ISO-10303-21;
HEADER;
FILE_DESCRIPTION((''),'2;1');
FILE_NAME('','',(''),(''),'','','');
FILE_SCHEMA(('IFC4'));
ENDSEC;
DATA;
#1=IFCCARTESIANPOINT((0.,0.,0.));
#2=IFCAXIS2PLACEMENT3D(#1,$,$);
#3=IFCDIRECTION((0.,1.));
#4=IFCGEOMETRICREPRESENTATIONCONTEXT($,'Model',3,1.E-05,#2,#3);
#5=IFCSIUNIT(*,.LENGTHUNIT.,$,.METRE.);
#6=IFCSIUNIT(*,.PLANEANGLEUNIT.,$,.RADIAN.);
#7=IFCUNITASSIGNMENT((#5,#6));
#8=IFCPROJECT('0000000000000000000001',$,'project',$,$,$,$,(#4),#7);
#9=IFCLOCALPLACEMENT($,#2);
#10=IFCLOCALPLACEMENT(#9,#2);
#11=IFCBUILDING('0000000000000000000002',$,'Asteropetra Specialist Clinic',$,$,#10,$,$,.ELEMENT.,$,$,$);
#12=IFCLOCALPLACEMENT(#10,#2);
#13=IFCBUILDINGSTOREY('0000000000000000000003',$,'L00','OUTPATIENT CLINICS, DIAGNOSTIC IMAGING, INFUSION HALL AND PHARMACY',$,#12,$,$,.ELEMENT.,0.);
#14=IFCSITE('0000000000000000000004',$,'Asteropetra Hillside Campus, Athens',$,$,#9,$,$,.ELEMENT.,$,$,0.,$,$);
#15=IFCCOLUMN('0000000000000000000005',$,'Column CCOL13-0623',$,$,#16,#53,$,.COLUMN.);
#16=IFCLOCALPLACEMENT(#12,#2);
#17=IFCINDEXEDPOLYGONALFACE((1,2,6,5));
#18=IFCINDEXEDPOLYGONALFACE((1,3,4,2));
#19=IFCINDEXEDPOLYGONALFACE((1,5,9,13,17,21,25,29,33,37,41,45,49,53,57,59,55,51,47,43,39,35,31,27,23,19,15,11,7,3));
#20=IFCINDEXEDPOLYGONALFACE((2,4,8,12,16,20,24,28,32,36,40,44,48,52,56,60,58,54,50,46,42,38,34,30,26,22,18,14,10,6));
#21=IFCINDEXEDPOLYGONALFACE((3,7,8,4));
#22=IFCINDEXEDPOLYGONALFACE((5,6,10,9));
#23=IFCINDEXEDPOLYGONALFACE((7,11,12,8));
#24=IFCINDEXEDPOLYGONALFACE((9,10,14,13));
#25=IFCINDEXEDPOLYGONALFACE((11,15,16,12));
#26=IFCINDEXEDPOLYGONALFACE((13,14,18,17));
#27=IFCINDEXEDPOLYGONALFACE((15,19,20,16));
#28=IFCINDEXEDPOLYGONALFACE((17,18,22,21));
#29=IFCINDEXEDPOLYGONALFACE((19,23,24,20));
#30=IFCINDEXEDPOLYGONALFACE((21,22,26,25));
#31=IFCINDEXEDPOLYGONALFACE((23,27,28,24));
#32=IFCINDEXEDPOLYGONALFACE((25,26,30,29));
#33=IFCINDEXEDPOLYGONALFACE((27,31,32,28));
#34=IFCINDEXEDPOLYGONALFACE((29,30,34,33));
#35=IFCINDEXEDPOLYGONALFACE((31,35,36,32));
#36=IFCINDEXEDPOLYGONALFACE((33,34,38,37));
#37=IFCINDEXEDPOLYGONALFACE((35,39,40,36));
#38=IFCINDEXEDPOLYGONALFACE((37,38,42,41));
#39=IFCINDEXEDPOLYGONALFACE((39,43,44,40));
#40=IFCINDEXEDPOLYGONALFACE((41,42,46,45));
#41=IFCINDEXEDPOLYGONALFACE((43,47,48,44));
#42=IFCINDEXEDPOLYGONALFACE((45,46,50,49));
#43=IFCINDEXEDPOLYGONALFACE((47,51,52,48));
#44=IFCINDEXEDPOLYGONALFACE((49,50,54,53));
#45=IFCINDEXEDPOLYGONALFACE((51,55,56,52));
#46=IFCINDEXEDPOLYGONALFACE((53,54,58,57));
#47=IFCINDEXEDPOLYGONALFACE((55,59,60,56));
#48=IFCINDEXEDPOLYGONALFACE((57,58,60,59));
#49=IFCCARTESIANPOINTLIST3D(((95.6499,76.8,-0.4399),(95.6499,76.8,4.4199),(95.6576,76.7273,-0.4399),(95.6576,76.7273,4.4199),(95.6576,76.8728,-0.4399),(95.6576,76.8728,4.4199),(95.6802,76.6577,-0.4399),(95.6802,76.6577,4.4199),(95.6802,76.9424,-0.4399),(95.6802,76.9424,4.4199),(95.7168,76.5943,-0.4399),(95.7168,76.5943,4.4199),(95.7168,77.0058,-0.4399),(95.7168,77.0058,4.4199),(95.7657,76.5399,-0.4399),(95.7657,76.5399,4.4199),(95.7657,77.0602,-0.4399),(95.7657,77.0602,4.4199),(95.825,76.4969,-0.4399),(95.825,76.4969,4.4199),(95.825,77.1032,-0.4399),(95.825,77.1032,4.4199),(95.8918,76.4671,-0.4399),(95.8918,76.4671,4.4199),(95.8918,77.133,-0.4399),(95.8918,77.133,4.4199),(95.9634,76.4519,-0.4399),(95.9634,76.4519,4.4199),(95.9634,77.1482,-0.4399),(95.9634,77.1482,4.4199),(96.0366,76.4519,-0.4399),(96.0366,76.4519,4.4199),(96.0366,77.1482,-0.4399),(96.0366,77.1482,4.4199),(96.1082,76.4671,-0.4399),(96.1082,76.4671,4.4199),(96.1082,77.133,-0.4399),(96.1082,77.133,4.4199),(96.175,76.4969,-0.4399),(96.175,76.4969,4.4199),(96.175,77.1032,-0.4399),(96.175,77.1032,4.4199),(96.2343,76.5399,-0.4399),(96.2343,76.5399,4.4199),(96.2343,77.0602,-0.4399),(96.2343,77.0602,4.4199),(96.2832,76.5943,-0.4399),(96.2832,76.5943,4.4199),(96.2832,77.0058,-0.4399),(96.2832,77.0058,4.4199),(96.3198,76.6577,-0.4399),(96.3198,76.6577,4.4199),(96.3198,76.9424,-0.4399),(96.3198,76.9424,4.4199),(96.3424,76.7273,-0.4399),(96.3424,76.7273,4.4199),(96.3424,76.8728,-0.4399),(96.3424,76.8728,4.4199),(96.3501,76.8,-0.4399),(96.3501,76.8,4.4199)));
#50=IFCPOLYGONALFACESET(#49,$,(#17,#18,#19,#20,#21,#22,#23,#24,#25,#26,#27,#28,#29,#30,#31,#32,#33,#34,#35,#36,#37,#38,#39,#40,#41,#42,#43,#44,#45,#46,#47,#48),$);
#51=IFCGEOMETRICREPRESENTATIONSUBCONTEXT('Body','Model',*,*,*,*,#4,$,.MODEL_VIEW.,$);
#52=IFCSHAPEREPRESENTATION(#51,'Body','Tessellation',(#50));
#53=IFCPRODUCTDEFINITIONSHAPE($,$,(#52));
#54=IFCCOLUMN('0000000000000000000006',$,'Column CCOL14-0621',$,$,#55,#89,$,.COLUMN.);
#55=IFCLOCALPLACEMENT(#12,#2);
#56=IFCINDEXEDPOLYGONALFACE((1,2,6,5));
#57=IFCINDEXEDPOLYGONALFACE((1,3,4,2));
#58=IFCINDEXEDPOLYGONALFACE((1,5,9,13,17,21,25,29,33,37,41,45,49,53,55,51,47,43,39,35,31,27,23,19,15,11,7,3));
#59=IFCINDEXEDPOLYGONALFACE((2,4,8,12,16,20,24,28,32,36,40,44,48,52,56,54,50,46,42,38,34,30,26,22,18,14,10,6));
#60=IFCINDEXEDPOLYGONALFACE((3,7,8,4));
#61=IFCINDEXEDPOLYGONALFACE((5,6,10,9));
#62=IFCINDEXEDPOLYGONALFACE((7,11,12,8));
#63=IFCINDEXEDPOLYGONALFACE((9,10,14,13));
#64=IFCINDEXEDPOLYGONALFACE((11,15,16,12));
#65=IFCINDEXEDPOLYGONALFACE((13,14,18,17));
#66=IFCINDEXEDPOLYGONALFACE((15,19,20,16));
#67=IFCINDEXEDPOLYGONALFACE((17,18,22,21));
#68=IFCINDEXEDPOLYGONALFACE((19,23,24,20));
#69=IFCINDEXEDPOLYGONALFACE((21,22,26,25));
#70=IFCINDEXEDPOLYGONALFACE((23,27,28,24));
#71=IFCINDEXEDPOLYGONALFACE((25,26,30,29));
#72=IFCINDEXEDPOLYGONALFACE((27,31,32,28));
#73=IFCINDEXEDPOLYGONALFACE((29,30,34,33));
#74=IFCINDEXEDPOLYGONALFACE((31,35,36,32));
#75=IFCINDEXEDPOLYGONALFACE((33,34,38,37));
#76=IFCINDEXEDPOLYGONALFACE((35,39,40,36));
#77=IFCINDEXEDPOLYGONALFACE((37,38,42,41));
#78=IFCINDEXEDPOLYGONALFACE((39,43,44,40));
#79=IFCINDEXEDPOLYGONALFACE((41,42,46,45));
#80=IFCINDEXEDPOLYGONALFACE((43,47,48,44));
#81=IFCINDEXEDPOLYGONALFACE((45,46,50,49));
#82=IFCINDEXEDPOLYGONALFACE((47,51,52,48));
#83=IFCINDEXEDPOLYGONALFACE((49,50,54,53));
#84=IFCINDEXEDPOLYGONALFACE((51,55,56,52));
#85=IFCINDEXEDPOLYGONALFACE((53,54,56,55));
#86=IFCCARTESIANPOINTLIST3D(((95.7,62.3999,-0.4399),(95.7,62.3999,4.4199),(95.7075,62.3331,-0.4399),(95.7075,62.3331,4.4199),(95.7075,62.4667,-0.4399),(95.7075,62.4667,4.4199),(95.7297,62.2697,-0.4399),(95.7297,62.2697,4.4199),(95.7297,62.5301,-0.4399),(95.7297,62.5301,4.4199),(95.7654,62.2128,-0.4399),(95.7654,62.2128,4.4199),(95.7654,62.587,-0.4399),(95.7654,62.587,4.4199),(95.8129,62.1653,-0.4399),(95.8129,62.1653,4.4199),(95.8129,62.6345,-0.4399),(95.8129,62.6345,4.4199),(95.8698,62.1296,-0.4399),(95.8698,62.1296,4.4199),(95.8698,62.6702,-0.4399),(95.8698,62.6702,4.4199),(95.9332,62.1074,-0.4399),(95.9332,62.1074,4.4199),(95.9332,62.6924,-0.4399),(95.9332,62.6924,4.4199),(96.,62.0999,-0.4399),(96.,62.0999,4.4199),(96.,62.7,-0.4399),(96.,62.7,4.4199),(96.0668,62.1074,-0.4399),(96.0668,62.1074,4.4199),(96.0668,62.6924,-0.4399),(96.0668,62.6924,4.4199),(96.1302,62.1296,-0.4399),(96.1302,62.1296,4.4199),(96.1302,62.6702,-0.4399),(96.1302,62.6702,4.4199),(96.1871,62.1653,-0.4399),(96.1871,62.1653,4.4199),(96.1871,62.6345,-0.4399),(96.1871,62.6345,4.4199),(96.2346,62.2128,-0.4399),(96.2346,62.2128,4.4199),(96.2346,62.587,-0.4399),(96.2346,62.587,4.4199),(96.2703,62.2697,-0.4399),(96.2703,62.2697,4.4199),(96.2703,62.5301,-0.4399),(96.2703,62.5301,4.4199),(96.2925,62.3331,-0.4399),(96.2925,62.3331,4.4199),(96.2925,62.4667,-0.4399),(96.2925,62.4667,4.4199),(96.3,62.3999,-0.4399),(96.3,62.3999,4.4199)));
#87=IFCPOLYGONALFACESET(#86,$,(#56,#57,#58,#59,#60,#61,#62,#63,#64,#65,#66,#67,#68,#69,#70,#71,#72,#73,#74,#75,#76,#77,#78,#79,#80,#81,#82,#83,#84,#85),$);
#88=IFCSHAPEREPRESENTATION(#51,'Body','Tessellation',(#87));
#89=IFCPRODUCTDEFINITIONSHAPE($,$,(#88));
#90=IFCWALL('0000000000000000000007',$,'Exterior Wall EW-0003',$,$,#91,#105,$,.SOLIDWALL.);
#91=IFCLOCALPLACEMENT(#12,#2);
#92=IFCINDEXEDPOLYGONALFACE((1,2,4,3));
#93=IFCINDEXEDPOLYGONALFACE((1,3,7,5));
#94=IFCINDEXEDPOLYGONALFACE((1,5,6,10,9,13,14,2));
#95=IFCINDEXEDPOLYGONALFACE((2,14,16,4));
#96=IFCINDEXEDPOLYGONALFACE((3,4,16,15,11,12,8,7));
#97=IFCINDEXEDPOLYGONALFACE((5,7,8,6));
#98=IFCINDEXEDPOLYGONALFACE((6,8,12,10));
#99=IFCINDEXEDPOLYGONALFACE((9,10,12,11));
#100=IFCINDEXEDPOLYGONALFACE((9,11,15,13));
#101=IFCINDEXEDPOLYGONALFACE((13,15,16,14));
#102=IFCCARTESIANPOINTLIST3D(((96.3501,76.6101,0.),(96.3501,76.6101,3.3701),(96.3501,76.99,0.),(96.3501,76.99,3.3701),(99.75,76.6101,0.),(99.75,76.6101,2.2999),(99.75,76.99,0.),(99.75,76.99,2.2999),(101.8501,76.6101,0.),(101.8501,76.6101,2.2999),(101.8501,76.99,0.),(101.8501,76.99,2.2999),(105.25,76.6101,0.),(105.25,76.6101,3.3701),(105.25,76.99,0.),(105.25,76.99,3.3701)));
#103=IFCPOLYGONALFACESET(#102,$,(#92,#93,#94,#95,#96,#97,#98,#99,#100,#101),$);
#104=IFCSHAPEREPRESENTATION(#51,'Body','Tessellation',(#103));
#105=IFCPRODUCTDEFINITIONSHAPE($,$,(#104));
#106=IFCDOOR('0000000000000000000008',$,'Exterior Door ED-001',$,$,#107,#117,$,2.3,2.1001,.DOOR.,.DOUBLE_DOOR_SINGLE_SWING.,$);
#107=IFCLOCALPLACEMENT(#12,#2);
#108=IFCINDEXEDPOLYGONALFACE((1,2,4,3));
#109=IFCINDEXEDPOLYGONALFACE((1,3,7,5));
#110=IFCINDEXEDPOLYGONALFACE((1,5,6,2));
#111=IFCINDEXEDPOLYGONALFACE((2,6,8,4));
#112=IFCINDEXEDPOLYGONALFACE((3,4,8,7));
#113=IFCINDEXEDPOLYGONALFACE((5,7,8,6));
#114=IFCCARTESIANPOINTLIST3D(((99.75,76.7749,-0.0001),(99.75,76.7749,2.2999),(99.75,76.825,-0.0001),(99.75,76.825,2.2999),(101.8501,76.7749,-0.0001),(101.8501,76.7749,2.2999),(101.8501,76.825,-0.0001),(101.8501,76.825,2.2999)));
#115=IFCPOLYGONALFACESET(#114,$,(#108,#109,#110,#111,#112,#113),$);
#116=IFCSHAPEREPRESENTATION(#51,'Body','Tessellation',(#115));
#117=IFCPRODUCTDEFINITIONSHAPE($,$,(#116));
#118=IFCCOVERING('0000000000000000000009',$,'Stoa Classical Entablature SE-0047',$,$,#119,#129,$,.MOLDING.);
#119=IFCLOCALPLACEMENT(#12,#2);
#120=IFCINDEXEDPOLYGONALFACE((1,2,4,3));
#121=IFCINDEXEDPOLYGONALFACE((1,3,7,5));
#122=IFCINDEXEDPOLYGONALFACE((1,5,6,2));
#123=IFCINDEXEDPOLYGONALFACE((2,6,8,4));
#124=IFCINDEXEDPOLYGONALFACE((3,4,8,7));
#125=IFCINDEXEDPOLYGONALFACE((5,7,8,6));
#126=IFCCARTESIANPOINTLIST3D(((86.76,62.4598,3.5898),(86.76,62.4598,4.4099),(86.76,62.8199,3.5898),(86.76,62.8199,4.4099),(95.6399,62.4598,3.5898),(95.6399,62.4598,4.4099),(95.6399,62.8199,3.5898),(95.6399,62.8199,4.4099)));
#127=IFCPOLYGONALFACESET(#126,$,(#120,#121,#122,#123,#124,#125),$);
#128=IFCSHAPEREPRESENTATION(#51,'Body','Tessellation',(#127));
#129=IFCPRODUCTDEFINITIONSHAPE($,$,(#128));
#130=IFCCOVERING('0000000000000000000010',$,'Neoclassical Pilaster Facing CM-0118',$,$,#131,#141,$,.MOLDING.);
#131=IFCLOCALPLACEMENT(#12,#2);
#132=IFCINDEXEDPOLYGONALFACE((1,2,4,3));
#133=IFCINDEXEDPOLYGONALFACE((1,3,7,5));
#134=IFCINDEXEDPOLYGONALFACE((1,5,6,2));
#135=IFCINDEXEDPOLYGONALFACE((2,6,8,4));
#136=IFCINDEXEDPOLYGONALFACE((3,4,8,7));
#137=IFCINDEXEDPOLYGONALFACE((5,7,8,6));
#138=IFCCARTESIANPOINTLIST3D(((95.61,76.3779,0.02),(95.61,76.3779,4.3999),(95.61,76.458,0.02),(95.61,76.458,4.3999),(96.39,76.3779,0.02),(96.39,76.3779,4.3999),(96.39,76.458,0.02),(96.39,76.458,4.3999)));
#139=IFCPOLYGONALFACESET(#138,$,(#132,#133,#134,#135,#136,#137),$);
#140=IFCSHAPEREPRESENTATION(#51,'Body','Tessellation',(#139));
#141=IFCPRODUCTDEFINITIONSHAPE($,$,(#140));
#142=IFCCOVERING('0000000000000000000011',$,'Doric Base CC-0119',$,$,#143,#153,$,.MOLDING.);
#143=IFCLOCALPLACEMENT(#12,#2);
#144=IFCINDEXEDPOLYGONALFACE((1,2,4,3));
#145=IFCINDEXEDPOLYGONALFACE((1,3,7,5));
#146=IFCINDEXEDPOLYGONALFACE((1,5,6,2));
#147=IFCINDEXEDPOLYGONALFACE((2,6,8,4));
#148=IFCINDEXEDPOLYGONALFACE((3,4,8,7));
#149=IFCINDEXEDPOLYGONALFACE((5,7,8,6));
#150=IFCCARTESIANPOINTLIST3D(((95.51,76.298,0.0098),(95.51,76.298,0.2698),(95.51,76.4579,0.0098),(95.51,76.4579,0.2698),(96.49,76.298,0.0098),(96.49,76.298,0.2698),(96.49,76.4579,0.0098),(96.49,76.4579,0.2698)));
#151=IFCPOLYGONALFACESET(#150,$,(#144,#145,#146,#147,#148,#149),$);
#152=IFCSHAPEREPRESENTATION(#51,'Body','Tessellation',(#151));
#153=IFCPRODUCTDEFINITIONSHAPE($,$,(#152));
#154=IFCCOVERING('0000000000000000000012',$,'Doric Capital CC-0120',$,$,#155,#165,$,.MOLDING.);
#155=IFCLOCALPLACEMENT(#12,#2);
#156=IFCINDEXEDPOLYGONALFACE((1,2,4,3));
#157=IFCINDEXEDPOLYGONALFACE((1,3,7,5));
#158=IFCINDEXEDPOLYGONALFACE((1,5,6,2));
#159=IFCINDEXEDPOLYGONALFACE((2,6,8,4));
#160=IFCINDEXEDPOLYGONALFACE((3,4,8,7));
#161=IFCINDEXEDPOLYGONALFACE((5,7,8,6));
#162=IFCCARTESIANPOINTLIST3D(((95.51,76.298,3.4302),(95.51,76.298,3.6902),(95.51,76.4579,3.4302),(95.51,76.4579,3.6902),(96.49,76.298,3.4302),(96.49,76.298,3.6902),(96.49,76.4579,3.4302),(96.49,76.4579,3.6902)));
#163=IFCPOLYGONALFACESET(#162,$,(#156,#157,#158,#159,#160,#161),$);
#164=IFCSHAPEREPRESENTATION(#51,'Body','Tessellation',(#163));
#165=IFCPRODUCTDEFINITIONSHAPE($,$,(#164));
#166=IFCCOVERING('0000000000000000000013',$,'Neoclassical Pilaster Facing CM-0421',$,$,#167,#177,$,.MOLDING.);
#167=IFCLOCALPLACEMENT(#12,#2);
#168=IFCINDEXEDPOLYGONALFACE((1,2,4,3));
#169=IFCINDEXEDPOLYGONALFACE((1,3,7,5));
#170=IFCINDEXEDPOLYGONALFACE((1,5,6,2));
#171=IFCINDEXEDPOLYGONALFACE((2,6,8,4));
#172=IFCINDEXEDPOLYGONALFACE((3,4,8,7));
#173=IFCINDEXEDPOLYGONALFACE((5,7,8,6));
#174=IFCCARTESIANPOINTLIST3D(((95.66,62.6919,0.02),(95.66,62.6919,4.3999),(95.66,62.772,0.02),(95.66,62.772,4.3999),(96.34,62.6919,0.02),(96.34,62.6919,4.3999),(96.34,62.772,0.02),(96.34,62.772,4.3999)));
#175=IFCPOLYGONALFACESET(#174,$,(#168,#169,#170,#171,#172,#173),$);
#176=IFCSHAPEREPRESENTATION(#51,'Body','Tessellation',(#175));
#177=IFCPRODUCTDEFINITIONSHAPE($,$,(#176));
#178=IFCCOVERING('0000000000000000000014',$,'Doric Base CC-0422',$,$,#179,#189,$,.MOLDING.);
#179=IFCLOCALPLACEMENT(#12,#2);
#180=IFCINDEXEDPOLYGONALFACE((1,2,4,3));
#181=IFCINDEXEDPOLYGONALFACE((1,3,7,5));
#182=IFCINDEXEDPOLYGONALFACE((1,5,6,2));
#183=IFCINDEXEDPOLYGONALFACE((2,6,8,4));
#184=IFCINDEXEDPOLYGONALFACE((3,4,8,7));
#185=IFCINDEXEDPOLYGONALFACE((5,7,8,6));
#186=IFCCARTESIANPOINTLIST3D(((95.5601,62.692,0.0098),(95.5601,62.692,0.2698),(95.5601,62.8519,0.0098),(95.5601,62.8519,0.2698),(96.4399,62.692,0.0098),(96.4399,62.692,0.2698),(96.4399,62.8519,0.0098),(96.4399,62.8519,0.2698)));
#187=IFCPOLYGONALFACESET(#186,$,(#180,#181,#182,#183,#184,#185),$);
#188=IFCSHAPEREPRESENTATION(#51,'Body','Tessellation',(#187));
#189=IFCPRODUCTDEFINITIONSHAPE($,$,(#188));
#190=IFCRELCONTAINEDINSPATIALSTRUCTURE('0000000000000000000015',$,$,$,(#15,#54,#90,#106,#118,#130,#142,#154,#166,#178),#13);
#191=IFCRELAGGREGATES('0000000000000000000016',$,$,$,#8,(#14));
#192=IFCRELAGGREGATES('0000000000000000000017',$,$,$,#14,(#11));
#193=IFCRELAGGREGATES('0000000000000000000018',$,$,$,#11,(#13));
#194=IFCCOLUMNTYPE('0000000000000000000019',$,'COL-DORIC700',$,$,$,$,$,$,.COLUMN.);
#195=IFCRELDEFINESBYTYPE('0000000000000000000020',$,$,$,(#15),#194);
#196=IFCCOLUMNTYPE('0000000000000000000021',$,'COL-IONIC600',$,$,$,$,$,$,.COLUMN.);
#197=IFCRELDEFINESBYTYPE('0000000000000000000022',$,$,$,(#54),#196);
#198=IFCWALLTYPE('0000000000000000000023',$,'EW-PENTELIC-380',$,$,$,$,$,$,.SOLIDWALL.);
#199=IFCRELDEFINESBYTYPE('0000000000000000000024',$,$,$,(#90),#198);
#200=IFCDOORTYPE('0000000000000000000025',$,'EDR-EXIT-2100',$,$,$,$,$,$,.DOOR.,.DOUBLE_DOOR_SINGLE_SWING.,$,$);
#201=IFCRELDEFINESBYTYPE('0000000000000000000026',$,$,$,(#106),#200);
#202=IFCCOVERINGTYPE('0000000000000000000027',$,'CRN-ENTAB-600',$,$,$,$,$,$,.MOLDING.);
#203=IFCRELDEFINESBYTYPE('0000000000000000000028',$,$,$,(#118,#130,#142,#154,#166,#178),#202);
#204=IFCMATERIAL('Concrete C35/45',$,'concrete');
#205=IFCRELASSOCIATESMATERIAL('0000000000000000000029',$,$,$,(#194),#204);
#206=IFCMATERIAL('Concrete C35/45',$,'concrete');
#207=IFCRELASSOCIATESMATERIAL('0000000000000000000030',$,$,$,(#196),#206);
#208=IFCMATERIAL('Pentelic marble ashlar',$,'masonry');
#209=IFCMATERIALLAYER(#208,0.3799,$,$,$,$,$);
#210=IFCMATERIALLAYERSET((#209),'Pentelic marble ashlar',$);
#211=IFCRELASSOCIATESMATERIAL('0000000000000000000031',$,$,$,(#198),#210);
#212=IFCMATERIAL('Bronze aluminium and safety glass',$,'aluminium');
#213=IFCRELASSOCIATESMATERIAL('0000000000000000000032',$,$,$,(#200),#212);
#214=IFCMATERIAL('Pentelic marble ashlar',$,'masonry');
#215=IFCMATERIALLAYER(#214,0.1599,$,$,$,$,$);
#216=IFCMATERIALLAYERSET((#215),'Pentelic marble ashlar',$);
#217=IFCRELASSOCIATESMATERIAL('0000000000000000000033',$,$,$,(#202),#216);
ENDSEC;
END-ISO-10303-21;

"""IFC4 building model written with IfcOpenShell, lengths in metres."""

from ifc_helpers import new_model, si_unit, direction, frame, frame_2d, origin, origin_2d, place, context, subcontext, project, spatial, rectangle, circle, extrude, material, layer, layer_set, material_profile, profile_set, type_object, element, fill, save


model = new_model("IFC4")

# Units and contexts
model_context = context("Model", 3, precision=1e-05, world=origin(), true_north=direction((0.0, 1.0)))
body_context = subcontext(model_context, "Body", "Model", "MODEL_VIEW")
ifc_project = project(units=[si_unit("LENGTHUNIT", "METRE"), si_unit("PLANEANGLEUNIT", "RADIAN")], contexts=[model_context])

# Site, building, storey
site_placement = place(None, origin())
site = spatial("IfcSite", under=ifc_project, at=site_placement, Name="Asteropetra Hillside Campus, Athens", CompositionType="ELEMENT", RefElevation=0.0)
building_placement = place(site_placement, origin())
building = spatial("IfcBuilding", under=site, at=building_placement, Name="Asteropetra Specialist Clinic", CompositionType="ELEMENT")
storey_placement = place(building_placement, origin())
storey = spatial("IfcBuildingStorey", under=building, at=storey_placement, Name="L00", Description="OUTPATIENT CLINICS, DIAGNOSTIC IMAGING, INFUSION HALL AND PHARMACY", CompositionType="ELEMENT", Elevation=0.0)

# Columns
ifc_material_1 = material(Name="Concrete C35/45", Category="concrete")
ifc_material_profile_1 = material_profile(ifc_material_1, circle(Radius=0.3501, at=origin_2d()), Name="RCC D700")
ifc_profile_set_1 = profile_set([ifc_material_profile_1], Name="Concrete C35/45")
column_type_1 = type_object("IfcColumnType", Name="COL-DORIC700", PredefinedType="COLUMN", material=ifc_profile_set_1)
column_1_placement = place(storey_placement, frame((96.0, 76.8, -0.4399), z_axis=(0.0, 0.0, 1.0), x_axis=(1.0, 0.0, 0.0)))
element("IfcColumn", 1, at=column_1_placement, inside=storey, type_object=column_type_1, Name="Column CCOL13-0623", PredefinedType="COLUMN", context=body_context, shape_type="SweptSolid", body=[
    extrude(circle(Radius=0.3501, at=origin_2d()), origin(), (0.0, 0.0, 1.0), 4.8599),
])
ifc_material_2 = material(Name="Concrete C35/45", Category="concrete")
ifc_material_profile_2 = material_profile(ifc_material_2, circle(Radius=0.3, at=origin_2d()), Name="RCC D600")
ifc_profile_set_2 = profile_set([ifc_material_profile_2], Name="Concrete C35/45")
column_type_2 = type_object("IfcColumnType", Name="COL-IONIC600", PredefinedType="COLUMN", material=ifc_profile_set_2)
column_2_placement = place(storey_placement, frame((96.0, 62.3999, -0.4399), z_axis=(0.0, 0.0, 1.0), x_axis=(1.0, 0.0, 0.0)))
element("IfcColumn", 2, at=column_2_placement, inside=storey, type_object=column_type_2, Name="Column CCOL14-0621", PredefinedType="COLUMN", context=body_context, shape_type="SweptSolid", body=[
    extrude(circle(Radius=0.3, at=origin_2d()), origin(), (0.0, 0.0, 1.0), 4.8599),
])

# Wall, opening, door
ifc_material_3 = material(Name="Pentelic marble ashlar", Category="masonry")
ifc_layer_1 = layer(ifc_material_3, 0.3799)
ifc_layer_set_1 = layer_set([ifc_layer_1], Name="Pentelic marble ashlar")
wall_type = type_object("IfcWallType", Name="EW-PENTELIC-380", PredefinedType="SOLIDWALL", material=ifc_layer_set_1)
wall_placement = place(storey_placement, frame((96.3501, 76.8, 0.0), z_axis=(0.0, 0.0, 1.0), x_axis=(1.0, 0.0, 0.0)))
wall = element("IfcWall", 3, at=wall_placement, inside=storey, type_object=wall_type, Name="Exterior Wall EW-0003", PredefinedType="SOLIDWALL", context=body_context, shape_type="SweptSolid", body=[
    extrude(rectangle(XDim=8.8999, YDim=0.3799, at=frame_2d((4.45, 0.0))), origin(), (0.0, 0.0, 1.0), 3.3701),
])
opening_placement = place(wall_placement, frame((3.3999, 0.0, 0.0)))
opening = element("IfcOpeningElement", 4, at=opening_placement, cuts=wall, PredefinedType="OPENING", context=body_context, shape_type="SweptSolid", body=[
    extrude(rectangle(XDim=2.1001, YDim=2.3, at=frame_2d((1.05, 1.1499))), frame((0.0, 0.2, 0.0), z_axis=(0.0, -1.0, 0.0), x_axis=(1.0, 0.0, 0.0)), (0.0, 0.0, 1.0), 0.3999),
])
ifc_material_4 = material(Name="Bronze aluminium and safety glass", Category="aluminium")
door_type = type_object("IfcDoorType", Name="EDR-EXIT-2100", OperationType="DOUBLE_DOOR_SINGLE_SWING", PredefinedType="DOOR", material=ifc_material_4)
door_placement = place(opening_placement, origin())
door = element("IfcDoor", 5, at=door_placement, inside=storey, type_object=door_type, Name="Exterior Door ED-001", OperationType="DOUBLE_DOOR_SINGLE_SWING", OverallHeight=2.3, OverallWidth=2.1001, PredefinedType="DOOR", context=body_context, shape_type="SweptSolid", body=[
    extrude(rectangle(XDim=2.1001, YDim=2.3, at=frame_2d((1.05, 1.1499))), frame((0.0, 0.0249, 0.0), z_axis=(0.0, -1.0, 0.0), x_axis=(1.0, 0.0, 0.0)), (0.0, 0.0, 1.0), 0.05),
])
fill(opening, door)

# Coverings
ifc_material_5 = material(Name="Pentelic marble ashlar", Category="masonry")
ifc_layer_2 = layer(ifc_material_5, 0.1599)
ifc_layer_set_2 = layer_set([ifc_layer_2], Name="Pentelic marble ashlar")
covering_type = type_object("IfcCoveringType", Name="CRN-ENTAB-600", PredefinedType="MOLDING", material=ifc_layer_set_2)
covering_1_placement = place(storey_placement, frame((91.2, 62.6399, 3.5898), z_axis=(0.0, 0.0, 1.0), x_axis=(1.0, 0.0, 0.0)))
element("IfcCovering", 6, at=covering_1_placement, inside=storey, type_object=covering_type, Name="Stoa Classical Entablature SE-0047", PredefinedType="MOLDING", context=body_context, shape_type="SweptSolid", body=[
    extrude(rectangle(XDim=8.8799, YDim=0.3601, at=origin_2d()), origin(), (0.0, 0.0, 1.0), 0.8201),
])
covering_2_placement = place(storey_placement, frame((96.0, 76.418, 0.02), z_axis=(0.0, 0.0, 1.0), x_axis=(1.0, 0.0, 0.0)))
element("IfcCovering", 7, at=covering_2_placement, inside=storey, type_object=covering_type, Name="Neoclassical Pilaster Facing CM-0118", PredefinedType="MOLDING", context=body_context, shape_type="SweptSolid", body=[
    extrude(rectangle(XDim=0.78, YDim=0.0801, at=origin_2d()), origin(), (0.0, 0.0, 1.0), 4.3799),
])
for number, where, z_axis, x_axis, name in (
    (8, (96.0, 76.3779, 0.0098), (0.0, 0.0, 1.0), (1.0, 0.0, 0.0), "Doric Base CC-0119"),
    (9, (96.0, 76.3779, 3.4302), (0.0, 0.0, 1.0), (1.0, 0.0, 0.0), "Doric Capital CC-0120"),
):
    element("IfcCovering", number, at=place(storey_placement, frame(where, z_axis=z_axis, x_axis=x_axis)), inside=storey, type_object=covering_type, Name=name, PredefinedType="MOLDING", context=body_context, shape_type="SweptSolid", body=[
        extrude(rectangle(XDim=0.98, YDim=0.1599, at=origin_2d()), origin(), (0.0, 0.0, 1.0), 0.26),
    ])
covering_3_placement = place(storey_placement, frame((96.0, 62.7319, 0.02), z_axis=(0.0, 0.0, 1.0), x_axis=(1.0, 0.0, 0.0)))
element("IfcCovering", 10, at=covering_3_placement, inside=storey, type_object=covering_type, Name="Neoclassical Pilaster Facing CM-0421", PredefinedType="MOLDING", context=body_context, shape_type="SweptSolid", body=[
    extrude(rectangle(XDim=0.6799, YDim=0.0801, at=origin_2d()), origin(), (0.0, 0.0, 1.0), 4.3799),
])
for number, where, z_axis, x_axis, name in (
    (11, (96.0, 62.772, 0.0098), (0.0, 0.0, 1.0), (1.0, 0.0, 0.0), "Doric Base CC-0422"),
):
    element("IfcCovering", number, at=place(storey_placement, frame(where, z_axis=z_axis, x_axis=x_axis)), inside=storey, type_object=covering_type, Name=name, PredefinedType="MOLDING", context=body_context, shape_type="SweptSolid", body=[
        extrude(rectangle(XDim=0.8799, YDim=0.1599, at=origin_2d()), origin(), (0.0, 0.0, 1.0), 0.26),
    ])

save(model, "model.ifc")
